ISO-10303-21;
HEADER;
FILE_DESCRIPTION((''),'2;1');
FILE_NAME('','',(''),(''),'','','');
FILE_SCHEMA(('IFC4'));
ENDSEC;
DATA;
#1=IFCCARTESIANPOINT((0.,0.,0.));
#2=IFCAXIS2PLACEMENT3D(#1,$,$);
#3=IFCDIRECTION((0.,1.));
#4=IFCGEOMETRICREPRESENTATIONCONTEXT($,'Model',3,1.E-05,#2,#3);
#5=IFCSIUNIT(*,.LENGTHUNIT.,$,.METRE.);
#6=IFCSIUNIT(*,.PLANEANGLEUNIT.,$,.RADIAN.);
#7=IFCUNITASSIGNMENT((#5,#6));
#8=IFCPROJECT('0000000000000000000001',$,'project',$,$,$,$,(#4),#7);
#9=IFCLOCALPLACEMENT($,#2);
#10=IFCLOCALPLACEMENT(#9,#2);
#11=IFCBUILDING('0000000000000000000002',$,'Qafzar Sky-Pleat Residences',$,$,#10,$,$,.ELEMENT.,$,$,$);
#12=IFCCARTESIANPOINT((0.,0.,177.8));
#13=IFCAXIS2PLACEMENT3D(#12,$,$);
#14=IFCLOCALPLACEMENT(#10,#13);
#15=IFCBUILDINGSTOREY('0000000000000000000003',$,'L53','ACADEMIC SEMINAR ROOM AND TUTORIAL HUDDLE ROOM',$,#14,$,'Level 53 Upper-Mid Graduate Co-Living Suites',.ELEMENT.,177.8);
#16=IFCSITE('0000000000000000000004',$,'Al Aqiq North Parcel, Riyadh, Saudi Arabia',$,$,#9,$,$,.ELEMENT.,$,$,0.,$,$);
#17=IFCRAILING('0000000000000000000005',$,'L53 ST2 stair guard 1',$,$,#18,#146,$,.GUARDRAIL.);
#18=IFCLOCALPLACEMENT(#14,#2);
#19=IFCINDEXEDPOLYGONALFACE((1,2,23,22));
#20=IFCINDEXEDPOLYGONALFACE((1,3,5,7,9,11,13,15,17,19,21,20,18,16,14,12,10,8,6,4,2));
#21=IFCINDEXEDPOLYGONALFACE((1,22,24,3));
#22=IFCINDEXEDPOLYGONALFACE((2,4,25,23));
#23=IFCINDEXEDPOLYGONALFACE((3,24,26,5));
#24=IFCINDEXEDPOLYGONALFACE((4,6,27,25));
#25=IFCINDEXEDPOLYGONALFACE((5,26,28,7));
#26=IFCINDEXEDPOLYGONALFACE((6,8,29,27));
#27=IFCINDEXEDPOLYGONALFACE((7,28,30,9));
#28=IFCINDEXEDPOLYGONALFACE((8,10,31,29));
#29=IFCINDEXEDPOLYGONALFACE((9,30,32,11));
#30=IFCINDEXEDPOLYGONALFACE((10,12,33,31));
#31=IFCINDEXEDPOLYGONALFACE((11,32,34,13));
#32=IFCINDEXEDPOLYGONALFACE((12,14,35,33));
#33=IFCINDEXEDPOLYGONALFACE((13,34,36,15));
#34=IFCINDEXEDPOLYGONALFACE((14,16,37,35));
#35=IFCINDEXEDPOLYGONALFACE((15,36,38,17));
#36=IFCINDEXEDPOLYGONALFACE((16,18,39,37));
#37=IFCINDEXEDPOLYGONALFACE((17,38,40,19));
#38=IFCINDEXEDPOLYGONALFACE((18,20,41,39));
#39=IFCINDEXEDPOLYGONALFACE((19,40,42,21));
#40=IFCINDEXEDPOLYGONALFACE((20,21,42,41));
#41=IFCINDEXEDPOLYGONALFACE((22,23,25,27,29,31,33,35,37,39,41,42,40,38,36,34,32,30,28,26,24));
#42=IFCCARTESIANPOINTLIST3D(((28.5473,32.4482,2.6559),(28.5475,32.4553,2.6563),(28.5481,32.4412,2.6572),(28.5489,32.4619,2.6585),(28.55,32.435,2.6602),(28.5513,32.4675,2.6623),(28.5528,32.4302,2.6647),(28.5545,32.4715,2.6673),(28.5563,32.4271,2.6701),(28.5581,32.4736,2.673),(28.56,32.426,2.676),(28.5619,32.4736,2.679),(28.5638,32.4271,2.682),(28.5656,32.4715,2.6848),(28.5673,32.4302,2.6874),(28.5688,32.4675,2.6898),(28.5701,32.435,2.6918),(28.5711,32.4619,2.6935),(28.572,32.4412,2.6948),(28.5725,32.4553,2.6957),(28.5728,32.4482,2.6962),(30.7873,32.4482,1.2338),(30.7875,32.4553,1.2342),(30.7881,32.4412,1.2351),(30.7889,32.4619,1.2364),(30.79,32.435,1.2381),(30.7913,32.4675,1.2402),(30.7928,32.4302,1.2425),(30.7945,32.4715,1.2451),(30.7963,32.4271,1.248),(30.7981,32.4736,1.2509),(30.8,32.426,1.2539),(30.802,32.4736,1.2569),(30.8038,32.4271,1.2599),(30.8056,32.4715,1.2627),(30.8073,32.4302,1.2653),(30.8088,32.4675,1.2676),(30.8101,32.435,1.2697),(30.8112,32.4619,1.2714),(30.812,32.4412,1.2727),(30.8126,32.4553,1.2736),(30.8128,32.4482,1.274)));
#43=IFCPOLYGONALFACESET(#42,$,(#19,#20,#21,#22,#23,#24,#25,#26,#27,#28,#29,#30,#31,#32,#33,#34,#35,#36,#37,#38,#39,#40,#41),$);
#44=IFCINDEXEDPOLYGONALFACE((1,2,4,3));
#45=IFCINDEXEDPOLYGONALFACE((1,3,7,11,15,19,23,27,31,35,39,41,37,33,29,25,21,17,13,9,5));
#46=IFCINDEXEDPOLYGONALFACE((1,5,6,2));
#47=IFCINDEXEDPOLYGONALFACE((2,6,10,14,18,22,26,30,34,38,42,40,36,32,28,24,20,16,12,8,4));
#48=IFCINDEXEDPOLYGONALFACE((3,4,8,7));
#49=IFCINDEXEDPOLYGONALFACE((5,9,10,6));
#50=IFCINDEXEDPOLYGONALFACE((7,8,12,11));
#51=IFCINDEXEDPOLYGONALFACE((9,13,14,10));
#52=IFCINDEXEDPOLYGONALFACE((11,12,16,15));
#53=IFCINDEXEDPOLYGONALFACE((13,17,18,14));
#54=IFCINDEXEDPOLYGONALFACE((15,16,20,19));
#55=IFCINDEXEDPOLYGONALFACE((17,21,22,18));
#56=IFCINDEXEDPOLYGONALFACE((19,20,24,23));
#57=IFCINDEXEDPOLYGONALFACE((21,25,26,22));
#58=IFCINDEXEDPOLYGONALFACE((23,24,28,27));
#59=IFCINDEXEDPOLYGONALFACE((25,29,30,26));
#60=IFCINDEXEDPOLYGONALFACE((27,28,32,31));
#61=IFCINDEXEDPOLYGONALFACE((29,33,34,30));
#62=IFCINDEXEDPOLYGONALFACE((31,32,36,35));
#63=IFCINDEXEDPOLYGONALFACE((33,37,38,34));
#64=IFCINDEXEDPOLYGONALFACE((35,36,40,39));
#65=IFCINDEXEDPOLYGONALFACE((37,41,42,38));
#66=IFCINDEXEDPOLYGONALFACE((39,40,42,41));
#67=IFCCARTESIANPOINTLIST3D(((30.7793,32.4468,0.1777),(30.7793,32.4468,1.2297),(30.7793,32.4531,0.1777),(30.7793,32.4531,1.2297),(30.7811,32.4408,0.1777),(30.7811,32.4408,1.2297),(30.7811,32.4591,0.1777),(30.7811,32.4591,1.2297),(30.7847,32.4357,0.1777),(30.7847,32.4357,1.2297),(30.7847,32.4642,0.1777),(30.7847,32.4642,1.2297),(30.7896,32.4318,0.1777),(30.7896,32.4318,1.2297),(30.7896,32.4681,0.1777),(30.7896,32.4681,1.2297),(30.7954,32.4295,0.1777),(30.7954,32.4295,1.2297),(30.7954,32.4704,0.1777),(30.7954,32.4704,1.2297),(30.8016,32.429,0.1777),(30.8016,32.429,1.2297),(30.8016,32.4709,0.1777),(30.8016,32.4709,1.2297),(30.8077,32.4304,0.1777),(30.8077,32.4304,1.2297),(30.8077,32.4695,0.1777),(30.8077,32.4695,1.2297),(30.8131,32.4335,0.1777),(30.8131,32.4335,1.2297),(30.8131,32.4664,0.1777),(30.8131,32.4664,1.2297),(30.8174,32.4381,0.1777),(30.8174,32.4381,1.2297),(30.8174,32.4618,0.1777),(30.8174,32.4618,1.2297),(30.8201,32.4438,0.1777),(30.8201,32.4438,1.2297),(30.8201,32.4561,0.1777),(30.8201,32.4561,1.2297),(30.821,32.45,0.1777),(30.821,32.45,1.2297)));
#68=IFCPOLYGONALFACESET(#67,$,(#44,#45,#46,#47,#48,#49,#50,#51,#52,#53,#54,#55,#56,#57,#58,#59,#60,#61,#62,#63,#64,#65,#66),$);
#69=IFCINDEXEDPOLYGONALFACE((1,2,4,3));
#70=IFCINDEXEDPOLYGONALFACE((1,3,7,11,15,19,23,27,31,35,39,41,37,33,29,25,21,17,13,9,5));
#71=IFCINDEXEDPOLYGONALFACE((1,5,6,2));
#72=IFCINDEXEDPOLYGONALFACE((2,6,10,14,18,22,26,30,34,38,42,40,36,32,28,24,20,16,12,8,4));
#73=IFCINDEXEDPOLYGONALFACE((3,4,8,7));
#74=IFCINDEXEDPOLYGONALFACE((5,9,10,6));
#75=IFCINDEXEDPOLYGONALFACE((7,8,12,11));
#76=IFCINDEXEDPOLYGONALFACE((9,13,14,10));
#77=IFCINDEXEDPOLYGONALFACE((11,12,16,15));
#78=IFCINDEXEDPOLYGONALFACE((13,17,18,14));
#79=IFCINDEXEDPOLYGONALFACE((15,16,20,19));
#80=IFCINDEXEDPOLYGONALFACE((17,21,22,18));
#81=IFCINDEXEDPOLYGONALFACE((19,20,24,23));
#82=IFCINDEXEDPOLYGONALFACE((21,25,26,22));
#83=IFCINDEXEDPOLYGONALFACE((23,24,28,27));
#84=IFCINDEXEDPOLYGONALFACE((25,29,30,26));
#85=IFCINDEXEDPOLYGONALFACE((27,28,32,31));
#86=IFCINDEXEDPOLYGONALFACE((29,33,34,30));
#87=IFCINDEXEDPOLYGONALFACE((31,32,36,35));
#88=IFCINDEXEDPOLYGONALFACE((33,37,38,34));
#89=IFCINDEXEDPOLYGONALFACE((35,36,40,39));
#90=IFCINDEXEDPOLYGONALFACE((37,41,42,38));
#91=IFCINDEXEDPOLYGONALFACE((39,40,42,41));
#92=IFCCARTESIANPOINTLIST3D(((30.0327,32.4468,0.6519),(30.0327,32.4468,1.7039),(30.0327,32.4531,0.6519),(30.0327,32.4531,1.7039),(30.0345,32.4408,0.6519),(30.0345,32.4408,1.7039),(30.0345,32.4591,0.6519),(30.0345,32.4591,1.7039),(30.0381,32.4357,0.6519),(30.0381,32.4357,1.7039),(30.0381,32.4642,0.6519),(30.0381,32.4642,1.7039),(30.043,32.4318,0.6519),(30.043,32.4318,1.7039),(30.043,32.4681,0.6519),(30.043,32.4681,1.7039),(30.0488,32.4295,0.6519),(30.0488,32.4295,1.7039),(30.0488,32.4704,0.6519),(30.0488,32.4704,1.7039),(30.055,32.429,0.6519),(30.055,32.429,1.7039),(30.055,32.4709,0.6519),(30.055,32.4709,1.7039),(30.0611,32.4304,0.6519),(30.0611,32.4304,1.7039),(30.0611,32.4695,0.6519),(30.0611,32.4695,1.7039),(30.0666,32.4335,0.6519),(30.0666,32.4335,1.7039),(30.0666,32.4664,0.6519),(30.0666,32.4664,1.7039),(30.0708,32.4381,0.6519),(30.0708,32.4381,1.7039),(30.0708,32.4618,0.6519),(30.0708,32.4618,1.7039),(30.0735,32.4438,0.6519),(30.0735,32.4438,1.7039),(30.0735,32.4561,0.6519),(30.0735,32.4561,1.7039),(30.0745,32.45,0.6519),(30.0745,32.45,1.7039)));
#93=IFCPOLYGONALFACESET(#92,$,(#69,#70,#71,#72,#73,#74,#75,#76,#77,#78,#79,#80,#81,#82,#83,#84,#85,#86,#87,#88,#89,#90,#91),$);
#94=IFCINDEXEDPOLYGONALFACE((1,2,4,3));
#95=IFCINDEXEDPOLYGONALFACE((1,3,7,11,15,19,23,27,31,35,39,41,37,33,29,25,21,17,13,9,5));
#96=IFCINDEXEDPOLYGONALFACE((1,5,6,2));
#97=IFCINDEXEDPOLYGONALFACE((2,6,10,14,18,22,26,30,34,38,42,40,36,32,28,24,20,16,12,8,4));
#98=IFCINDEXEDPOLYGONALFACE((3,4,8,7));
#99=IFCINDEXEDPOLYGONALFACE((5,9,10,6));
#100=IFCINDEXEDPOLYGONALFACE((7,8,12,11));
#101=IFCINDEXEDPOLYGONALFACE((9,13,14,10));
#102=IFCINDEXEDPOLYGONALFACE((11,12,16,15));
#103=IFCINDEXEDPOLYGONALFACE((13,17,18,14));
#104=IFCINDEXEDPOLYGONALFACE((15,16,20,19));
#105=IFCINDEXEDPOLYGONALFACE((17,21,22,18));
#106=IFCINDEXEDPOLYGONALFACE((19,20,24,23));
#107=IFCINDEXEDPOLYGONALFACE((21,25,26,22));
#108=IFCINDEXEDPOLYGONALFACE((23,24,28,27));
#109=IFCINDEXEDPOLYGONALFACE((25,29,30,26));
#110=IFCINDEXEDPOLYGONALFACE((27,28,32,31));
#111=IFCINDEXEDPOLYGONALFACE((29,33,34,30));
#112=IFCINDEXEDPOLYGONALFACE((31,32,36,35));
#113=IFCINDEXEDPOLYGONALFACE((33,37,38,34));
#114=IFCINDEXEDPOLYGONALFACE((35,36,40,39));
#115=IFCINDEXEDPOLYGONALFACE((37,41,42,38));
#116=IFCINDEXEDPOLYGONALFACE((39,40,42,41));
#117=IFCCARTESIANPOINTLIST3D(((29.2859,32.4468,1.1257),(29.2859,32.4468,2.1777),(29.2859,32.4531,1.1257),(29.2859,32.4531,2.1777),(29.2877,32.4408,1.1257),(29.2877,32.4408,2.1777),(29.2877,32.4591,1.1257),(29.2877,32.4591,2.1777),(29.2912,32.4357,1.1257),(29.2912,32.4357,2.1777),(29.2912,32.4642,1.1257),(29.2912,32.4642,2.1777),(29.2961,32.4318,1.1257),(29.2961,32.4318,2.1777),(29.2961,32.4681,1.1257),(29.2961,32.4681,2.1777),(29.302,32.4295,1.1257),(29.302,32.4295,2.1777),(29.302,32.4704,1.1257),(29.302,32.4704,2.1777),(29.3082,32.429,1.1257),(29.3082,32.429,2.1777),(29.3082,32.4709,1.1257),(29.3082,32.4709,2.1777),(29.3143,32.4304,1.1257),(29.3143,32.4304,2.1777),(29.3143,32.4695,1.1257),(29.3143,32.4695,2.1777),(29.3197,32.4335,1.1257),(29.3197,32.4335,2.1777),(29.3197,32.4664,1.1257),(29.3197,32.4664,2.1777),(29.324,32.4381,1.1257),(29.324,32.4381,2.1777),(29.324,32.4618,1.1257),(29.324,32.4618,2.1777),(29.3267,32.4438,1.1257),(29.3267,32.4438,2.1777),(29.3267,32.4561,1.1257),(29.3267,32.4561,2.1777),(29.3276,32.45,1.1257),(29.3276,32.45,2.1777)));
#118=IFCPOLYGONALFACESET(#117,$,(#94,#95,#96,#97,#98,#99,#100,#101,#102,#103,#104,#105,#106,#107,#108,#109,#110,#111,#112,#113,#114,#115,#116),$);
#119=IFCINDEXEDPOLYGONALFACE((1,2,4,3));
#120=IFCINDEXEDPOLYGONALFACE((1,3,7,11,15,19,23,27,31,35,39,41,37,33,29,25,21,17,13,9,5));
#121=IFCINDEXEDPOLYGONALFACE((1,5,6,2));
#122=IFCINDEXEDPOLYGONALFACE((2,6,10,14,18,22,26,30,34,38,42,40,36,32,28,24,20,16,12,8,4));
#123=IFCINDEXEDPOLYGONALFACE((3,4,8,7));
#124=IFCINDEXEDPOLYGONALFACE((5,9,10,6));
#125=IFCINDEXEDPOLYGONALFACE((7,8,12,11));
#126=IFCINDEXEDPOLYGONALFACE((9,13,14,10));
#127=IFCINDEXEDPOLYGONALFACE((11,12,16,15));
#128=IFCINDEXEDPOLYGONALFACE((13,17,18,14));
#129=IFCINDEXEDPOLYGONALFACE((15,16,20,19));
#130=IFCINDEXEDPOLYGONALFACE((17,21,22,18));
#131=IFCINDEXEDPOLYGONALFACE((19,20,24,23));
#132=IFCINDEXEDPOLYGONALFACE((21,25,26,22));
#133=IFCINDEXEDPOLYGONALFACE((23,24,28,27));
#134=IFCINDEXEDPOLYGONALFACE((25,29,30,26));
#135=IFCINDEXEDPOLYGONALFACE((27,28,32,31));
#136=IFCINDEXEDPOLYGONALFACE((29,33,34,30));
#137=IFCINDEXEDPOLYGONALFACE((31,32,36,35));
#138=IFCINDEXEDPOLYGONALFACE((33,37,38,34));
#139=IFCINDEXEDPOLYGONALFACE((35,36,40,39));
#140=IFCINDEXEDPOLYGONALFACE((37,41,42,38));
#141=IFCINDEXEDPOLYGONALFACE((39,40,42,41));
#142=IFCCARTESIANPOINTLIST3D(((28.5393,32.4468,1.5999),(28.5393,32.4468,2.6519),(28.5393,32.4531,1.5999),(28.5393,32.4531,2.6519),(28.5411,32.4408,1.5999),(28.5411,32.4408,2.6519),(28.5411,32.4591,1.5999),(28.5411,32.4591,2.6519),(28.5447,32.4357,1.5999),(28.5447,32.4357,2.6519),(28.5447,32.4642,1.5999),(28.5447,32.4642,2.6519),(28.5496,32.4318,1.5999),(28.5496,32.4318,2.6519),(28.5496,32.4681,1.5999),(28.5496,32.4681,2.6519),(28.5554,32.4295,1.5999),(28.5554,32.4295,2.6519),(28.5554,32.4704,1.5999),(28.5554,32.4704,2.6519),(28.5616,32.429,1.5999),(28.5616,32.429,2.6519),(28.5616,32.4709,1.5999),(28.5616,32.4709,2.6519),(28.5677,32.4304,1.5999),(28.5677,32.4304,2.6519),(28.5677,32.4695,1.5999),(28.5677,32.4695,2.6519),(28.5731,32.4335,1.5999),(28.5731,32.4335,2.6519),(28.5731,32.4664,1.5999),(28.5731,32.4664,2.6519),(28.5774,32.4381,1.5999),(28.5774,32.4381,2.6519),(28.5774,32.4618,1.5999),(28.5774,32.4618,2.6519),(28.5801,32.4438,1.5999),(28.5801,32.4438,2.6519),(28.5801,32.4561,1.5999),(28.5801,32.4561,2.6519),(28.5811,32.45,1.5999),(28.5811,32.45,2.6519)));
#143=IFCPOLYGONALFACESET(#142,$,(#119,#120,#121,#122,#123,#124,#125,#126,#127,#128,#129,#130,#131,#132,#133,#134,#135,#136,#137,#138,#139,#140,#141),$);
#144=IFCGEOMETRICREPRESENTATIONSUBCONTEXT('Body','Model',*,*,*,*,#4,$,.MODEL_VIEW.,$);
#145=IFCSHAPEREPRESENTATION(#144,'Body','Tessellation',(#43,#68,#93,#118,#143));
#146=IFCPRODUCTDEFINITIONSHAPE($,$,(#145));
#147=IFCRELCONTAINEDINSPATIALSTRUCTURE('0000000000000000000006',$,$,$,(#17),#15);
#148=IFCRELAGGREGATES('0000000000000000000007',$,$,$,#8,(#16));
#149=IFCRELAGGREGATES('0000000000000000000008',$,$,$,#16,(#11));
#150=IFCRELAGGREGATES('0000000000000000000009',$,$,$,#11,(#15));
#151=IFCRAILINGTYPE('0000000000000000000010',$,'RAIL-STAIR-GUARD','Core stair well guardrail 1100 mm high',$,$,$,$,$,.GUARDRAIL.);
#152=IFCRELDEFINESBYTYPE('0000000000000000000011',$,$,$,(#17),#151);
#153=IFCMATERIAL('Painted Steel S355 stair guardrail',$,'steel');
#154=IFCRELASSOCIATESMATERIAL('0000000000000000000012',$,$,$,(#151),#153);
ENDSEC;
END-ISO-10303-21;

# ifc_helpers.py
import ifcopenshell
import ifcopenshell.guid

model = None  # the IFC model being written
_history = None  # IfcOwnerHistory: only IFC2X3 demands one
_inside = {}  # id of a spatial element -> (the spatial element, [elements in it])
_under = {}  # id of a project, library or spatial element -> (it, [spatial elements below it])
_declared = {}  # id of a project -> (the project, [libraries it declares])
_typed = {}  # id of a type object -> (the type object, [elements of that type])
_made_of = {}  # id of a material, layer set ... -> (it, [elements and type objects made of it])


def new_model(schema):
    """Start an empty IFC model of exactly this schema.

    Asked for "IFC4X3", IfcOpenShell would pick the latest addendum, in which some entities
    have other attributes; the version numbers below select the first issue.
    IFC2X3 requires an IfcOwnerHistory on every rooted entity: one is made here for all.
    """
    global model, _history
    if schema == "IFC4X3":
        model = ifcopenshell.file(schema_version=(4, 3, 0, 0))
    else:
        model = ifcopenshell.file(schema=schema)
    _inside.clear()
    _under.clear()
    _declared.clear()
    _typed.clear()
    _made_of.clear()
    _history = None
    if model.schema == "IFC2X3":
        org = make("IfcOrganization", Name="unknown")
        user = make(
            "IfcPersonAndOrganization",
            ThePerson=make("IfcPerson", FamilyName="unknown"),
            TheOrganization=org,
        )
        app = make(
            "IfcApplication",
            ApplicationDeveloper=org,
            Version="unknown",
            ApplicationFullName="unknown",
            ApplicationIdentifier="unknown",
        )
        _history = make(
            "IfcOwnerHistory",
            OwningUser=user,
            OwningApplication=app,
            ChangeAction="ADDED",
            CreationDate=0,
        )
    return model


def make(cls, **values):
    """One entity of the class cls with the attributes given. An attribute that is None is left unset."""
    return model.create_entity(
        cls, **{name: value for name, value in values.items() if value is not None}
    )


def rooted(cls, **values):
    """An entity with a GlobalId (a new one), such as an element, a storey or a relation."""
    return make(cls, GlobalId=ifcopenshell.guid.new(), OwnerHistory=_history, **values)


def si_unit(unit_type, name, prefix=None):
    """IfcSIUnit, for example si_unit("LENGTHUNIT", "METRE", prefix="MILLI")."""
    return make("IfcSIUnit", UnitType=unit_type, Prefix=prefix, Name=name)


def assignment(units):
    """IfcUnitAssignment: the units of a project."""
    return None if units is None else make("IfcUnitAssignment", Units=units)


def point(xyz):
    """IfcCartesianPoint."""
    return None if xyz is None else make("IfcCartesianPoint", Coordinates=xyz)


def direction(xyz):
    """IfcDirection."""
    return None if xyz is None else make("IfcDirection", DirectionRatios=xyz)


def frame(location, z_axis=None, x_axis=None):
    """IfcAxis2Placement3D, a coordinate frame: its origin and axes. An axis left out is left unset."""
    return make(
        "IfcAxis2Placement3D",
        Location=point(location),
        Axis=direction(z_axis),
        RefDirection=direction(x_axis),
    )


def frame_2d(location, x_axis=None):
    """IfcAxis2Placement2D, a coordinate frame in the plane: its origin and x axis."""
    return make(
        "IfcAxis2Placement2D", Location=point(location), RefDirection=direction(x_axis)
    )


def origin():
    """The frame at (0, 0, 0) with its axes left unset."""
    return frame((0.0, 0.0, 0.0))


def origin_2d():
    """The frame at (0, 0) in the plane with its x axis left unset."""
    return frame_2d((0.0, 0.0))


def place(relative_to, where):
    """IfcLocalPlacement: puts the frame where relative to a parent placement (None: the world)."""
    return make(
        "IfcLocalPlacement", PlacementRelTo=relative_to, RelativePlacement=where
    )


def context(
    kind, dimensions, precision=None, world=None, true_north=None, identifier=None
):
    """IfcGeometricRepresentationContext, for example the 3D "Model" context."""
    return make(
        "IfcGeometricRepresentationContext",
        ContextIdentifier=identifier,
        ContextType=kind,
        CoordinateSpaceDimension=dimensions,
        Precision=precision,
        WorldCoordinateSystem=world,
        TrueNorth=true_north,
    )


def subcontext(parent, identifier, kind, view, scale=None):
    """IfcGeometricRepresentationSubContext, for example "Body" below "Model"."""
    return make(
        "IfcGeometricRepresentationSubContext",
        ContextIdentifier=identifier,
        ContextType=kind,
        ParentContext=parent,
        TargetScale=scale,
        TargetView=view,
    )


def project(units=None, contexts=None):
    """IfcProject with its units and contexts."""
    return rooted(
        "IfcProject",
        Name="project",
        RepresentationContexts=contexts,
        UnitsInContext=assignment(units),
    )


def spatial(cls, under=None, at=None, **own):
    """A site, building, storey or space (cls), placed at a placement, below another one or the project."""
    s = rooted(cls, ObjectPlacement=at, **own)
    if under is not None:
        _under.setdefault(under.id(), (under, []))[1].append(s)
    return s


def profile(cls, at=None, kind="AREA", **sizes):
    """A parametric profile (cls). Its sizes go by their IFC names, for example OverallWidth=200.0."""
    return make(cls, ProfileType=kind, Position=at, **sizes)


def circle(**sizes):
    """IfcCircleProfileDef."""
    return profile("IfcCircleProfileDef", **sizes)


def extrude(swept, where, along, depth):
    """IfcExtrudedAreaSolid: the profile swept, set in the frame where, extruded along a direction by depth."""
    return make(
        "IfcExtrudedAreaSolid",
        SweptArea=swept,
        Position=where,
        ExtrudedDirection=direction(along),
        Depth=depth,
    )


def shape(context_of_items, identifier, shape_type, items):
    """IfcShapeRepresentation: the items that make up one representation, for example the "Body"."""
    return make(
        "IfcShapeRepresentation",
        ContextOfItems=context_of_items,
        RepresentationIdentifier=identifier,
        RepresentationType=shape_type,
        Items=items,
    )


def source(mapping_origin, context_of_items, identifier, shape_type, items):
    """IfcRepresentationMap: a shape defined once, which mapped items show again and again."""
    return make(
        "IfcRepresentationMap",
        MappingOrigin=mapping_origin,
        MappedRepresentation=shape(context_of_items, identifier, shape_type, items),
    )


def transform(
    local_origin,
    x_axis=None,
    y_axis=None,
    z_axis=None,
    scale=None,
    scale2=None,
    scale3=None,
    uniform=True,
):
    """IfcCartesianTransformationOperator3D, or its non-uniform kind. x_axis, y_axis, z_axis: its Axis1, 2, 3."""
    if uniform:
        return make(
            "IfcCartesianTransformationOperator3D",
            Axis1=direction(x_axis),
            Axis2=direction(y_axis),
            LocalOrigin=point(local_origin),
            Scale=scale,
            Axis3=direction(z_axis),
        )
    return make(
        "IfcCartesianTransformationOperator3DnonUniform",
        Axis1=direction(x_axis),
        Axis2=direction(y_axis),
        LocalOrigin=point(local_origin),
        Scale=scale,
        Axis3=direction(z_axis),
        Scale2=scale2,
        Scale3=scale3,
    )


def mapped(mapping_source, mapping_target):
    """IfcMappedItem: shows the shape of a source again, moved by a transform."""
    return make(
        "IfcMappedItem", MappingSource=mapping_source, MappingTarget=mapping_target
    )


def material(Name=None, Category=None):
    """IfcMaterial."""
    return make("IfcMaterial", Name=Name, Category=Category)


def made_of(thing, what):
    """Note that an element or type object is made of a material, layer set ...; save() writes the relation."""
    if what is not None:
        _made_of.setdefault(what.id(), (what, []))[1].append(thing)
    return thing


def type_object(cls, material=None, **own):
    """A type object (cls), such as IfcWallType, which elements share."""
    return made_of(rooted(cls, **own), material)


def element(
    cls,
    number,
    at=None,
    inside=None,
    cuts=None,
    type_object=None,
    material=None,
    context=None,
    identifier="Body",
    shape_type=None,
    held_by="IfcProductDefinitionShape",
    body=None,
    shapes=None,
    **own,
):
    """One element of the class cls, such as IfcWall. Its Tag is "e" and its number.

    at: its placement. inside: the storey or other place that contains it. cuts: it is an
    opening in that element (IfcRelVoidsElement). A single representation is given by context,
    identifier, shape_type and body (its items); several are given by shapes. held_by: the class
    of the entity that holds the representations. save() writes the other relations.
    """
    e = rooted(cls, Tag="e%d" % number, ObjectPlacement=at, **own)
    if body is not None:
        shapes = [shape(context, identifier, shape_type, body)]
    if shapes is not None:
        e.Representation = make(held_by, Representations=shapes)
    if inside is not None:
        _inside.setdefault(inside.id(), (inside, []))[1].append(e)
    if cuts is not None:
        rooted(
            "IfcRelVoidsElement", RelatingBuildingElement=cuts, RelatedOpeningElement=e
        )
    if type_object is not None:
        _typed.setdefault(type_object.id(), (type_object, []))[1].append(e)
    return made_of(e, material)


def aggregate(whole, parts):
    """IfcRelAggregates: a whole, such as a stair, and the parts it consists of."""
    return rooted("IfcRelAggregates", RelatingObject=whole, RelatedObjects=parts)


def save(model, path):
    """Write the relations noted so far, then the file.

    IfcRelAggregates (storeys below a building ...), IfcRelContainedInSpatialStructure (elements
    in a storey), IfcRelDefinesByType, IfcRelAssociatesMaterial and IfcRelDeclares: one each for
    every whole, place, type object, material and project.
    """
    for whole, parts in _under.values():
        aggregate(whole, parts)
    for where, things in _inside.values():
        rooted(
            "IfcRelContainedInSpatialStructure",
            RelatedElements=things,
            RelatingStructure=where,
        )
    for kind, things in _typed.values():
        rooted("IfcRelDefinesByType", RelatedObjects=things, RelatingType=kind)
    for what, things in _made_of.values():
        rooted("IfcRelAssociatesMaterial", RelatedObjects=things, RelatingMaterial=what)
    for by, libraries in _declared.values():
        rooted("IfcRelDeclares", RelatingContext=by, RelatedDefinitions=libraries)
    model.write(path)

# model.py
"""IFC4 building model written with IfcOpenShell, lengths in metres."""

from ifc_helpers import new_model, si_unit, direction, frame, origin, origin_2d, place, context, subcontext, project, spatial, circle, extrude, source, transform, mapped, material, type_object, element, save


model = new_model("IFC4")

# Units and contexts
model_context = context("Model", 3, precision=1e-05, world=origin(), true_north=direction((0.0, 1.0)))
body_context = subcontext(model_context, "Body", "Model", "MODEL_VIEW")
ifc_project = project(units=[si_unit("LENGTHUNIT", "METRE"), si_unit("PLANEANGLEUNIT", "RADIAN")], contexts=[model_context])

# Site, building, storey
site_placement = place(None, origin())
site = spatial("IfcSite", under=ifc_project, at=site_placement, Name="Al Aqiq North Parcel, Riyadh, Saudi Arabia", CompositionType="ELEMENT", RefElevation=0.0)
building_placement = place(site_placement, origin())
building = spatial("IfcBuilding", under=site, at=building_placement, Name="Qafzar Sky-Pleat Residences", CompositionType="ELEMENT")
storey_placement = place(building_placement, frame((0.0, 0.0, 177.8)))
storey = spatial("IfcBuildingStorey", under=building, at=storey_placement, Name="L53", Description="ACADEMIC SEMINAR ROOM AND TUTORIAL HUDDLE ROOM", LongName="Level 53 Upper-Mid Graduate Co-Living Suites", CompositionType="ELEMENT", Elevation=177.8)

# Railing
ifc_material_1 = material(Name="Painted Steel S355 stair guardrail", Category="steel")
railing_type_1 = type_object("IfcRailingType", Name="RAIL-STAIR-GUARD", Description="Core stair well guardrail 1100 mm high", PredefinedType="GUARDRAIL", material=ifc_material_1)
shared_shape_1 = source(origin(), body_context, "Body", "SweptSolid", [
    extrude(circle(Radius=0.0239, at=origin_2d()), frame((0.0, 0.0, 1.0762), z_axis=(-0.844229, 0.0, 0.535982), x_axis=(0.0, -1.0, 0.0)), (0.0, 0.0, 1.0), 2.6533),
    extrude(circle(Radius=0.021, at=origin_2d()), origin(), (0.0, 0.0, 1.0), 1.052),
    extrude(circle(Radius=0.021, at=origin_2d()), frame((-0.7466, 0.0, 0.4741)), (0.0, 0.0, 1.0), 1.052),
    extrude(circle(Radius=0.021, at=origin_2d()), frame((-1.4934, 0.0, 0.948)), (0.0, 0.0, 1.0), 1.052),
    extrude(circle(Radius=0.021, at=origin_2d()), frame((-2.24, 0.0, 1.4221)), (0.0, 0.0, 1.0), 1.052),
])
railing_1_placement = place(storey_placement, frame((30.8, 32.45, 0.1777)))
element("IfcRailing", 1, at=railing_1_placement, inside=storey, type_object=railing_type_1, Name="L53 ST2 stair guard 1", PredefinedType="GUARDRAIL", context=body_context, shape_type="MappedRepresentation", body=[
    mapped(shared_shape_1, transform((0.0, 0.0, 0.0), x_axis=(1.0, 0.0, 0.0), y_axis=(0.0, 1.0, 0.0), z_axis=(0.0, 0.0, 1.0), scale=1.0)),
])

save(model, "model.ifc")
